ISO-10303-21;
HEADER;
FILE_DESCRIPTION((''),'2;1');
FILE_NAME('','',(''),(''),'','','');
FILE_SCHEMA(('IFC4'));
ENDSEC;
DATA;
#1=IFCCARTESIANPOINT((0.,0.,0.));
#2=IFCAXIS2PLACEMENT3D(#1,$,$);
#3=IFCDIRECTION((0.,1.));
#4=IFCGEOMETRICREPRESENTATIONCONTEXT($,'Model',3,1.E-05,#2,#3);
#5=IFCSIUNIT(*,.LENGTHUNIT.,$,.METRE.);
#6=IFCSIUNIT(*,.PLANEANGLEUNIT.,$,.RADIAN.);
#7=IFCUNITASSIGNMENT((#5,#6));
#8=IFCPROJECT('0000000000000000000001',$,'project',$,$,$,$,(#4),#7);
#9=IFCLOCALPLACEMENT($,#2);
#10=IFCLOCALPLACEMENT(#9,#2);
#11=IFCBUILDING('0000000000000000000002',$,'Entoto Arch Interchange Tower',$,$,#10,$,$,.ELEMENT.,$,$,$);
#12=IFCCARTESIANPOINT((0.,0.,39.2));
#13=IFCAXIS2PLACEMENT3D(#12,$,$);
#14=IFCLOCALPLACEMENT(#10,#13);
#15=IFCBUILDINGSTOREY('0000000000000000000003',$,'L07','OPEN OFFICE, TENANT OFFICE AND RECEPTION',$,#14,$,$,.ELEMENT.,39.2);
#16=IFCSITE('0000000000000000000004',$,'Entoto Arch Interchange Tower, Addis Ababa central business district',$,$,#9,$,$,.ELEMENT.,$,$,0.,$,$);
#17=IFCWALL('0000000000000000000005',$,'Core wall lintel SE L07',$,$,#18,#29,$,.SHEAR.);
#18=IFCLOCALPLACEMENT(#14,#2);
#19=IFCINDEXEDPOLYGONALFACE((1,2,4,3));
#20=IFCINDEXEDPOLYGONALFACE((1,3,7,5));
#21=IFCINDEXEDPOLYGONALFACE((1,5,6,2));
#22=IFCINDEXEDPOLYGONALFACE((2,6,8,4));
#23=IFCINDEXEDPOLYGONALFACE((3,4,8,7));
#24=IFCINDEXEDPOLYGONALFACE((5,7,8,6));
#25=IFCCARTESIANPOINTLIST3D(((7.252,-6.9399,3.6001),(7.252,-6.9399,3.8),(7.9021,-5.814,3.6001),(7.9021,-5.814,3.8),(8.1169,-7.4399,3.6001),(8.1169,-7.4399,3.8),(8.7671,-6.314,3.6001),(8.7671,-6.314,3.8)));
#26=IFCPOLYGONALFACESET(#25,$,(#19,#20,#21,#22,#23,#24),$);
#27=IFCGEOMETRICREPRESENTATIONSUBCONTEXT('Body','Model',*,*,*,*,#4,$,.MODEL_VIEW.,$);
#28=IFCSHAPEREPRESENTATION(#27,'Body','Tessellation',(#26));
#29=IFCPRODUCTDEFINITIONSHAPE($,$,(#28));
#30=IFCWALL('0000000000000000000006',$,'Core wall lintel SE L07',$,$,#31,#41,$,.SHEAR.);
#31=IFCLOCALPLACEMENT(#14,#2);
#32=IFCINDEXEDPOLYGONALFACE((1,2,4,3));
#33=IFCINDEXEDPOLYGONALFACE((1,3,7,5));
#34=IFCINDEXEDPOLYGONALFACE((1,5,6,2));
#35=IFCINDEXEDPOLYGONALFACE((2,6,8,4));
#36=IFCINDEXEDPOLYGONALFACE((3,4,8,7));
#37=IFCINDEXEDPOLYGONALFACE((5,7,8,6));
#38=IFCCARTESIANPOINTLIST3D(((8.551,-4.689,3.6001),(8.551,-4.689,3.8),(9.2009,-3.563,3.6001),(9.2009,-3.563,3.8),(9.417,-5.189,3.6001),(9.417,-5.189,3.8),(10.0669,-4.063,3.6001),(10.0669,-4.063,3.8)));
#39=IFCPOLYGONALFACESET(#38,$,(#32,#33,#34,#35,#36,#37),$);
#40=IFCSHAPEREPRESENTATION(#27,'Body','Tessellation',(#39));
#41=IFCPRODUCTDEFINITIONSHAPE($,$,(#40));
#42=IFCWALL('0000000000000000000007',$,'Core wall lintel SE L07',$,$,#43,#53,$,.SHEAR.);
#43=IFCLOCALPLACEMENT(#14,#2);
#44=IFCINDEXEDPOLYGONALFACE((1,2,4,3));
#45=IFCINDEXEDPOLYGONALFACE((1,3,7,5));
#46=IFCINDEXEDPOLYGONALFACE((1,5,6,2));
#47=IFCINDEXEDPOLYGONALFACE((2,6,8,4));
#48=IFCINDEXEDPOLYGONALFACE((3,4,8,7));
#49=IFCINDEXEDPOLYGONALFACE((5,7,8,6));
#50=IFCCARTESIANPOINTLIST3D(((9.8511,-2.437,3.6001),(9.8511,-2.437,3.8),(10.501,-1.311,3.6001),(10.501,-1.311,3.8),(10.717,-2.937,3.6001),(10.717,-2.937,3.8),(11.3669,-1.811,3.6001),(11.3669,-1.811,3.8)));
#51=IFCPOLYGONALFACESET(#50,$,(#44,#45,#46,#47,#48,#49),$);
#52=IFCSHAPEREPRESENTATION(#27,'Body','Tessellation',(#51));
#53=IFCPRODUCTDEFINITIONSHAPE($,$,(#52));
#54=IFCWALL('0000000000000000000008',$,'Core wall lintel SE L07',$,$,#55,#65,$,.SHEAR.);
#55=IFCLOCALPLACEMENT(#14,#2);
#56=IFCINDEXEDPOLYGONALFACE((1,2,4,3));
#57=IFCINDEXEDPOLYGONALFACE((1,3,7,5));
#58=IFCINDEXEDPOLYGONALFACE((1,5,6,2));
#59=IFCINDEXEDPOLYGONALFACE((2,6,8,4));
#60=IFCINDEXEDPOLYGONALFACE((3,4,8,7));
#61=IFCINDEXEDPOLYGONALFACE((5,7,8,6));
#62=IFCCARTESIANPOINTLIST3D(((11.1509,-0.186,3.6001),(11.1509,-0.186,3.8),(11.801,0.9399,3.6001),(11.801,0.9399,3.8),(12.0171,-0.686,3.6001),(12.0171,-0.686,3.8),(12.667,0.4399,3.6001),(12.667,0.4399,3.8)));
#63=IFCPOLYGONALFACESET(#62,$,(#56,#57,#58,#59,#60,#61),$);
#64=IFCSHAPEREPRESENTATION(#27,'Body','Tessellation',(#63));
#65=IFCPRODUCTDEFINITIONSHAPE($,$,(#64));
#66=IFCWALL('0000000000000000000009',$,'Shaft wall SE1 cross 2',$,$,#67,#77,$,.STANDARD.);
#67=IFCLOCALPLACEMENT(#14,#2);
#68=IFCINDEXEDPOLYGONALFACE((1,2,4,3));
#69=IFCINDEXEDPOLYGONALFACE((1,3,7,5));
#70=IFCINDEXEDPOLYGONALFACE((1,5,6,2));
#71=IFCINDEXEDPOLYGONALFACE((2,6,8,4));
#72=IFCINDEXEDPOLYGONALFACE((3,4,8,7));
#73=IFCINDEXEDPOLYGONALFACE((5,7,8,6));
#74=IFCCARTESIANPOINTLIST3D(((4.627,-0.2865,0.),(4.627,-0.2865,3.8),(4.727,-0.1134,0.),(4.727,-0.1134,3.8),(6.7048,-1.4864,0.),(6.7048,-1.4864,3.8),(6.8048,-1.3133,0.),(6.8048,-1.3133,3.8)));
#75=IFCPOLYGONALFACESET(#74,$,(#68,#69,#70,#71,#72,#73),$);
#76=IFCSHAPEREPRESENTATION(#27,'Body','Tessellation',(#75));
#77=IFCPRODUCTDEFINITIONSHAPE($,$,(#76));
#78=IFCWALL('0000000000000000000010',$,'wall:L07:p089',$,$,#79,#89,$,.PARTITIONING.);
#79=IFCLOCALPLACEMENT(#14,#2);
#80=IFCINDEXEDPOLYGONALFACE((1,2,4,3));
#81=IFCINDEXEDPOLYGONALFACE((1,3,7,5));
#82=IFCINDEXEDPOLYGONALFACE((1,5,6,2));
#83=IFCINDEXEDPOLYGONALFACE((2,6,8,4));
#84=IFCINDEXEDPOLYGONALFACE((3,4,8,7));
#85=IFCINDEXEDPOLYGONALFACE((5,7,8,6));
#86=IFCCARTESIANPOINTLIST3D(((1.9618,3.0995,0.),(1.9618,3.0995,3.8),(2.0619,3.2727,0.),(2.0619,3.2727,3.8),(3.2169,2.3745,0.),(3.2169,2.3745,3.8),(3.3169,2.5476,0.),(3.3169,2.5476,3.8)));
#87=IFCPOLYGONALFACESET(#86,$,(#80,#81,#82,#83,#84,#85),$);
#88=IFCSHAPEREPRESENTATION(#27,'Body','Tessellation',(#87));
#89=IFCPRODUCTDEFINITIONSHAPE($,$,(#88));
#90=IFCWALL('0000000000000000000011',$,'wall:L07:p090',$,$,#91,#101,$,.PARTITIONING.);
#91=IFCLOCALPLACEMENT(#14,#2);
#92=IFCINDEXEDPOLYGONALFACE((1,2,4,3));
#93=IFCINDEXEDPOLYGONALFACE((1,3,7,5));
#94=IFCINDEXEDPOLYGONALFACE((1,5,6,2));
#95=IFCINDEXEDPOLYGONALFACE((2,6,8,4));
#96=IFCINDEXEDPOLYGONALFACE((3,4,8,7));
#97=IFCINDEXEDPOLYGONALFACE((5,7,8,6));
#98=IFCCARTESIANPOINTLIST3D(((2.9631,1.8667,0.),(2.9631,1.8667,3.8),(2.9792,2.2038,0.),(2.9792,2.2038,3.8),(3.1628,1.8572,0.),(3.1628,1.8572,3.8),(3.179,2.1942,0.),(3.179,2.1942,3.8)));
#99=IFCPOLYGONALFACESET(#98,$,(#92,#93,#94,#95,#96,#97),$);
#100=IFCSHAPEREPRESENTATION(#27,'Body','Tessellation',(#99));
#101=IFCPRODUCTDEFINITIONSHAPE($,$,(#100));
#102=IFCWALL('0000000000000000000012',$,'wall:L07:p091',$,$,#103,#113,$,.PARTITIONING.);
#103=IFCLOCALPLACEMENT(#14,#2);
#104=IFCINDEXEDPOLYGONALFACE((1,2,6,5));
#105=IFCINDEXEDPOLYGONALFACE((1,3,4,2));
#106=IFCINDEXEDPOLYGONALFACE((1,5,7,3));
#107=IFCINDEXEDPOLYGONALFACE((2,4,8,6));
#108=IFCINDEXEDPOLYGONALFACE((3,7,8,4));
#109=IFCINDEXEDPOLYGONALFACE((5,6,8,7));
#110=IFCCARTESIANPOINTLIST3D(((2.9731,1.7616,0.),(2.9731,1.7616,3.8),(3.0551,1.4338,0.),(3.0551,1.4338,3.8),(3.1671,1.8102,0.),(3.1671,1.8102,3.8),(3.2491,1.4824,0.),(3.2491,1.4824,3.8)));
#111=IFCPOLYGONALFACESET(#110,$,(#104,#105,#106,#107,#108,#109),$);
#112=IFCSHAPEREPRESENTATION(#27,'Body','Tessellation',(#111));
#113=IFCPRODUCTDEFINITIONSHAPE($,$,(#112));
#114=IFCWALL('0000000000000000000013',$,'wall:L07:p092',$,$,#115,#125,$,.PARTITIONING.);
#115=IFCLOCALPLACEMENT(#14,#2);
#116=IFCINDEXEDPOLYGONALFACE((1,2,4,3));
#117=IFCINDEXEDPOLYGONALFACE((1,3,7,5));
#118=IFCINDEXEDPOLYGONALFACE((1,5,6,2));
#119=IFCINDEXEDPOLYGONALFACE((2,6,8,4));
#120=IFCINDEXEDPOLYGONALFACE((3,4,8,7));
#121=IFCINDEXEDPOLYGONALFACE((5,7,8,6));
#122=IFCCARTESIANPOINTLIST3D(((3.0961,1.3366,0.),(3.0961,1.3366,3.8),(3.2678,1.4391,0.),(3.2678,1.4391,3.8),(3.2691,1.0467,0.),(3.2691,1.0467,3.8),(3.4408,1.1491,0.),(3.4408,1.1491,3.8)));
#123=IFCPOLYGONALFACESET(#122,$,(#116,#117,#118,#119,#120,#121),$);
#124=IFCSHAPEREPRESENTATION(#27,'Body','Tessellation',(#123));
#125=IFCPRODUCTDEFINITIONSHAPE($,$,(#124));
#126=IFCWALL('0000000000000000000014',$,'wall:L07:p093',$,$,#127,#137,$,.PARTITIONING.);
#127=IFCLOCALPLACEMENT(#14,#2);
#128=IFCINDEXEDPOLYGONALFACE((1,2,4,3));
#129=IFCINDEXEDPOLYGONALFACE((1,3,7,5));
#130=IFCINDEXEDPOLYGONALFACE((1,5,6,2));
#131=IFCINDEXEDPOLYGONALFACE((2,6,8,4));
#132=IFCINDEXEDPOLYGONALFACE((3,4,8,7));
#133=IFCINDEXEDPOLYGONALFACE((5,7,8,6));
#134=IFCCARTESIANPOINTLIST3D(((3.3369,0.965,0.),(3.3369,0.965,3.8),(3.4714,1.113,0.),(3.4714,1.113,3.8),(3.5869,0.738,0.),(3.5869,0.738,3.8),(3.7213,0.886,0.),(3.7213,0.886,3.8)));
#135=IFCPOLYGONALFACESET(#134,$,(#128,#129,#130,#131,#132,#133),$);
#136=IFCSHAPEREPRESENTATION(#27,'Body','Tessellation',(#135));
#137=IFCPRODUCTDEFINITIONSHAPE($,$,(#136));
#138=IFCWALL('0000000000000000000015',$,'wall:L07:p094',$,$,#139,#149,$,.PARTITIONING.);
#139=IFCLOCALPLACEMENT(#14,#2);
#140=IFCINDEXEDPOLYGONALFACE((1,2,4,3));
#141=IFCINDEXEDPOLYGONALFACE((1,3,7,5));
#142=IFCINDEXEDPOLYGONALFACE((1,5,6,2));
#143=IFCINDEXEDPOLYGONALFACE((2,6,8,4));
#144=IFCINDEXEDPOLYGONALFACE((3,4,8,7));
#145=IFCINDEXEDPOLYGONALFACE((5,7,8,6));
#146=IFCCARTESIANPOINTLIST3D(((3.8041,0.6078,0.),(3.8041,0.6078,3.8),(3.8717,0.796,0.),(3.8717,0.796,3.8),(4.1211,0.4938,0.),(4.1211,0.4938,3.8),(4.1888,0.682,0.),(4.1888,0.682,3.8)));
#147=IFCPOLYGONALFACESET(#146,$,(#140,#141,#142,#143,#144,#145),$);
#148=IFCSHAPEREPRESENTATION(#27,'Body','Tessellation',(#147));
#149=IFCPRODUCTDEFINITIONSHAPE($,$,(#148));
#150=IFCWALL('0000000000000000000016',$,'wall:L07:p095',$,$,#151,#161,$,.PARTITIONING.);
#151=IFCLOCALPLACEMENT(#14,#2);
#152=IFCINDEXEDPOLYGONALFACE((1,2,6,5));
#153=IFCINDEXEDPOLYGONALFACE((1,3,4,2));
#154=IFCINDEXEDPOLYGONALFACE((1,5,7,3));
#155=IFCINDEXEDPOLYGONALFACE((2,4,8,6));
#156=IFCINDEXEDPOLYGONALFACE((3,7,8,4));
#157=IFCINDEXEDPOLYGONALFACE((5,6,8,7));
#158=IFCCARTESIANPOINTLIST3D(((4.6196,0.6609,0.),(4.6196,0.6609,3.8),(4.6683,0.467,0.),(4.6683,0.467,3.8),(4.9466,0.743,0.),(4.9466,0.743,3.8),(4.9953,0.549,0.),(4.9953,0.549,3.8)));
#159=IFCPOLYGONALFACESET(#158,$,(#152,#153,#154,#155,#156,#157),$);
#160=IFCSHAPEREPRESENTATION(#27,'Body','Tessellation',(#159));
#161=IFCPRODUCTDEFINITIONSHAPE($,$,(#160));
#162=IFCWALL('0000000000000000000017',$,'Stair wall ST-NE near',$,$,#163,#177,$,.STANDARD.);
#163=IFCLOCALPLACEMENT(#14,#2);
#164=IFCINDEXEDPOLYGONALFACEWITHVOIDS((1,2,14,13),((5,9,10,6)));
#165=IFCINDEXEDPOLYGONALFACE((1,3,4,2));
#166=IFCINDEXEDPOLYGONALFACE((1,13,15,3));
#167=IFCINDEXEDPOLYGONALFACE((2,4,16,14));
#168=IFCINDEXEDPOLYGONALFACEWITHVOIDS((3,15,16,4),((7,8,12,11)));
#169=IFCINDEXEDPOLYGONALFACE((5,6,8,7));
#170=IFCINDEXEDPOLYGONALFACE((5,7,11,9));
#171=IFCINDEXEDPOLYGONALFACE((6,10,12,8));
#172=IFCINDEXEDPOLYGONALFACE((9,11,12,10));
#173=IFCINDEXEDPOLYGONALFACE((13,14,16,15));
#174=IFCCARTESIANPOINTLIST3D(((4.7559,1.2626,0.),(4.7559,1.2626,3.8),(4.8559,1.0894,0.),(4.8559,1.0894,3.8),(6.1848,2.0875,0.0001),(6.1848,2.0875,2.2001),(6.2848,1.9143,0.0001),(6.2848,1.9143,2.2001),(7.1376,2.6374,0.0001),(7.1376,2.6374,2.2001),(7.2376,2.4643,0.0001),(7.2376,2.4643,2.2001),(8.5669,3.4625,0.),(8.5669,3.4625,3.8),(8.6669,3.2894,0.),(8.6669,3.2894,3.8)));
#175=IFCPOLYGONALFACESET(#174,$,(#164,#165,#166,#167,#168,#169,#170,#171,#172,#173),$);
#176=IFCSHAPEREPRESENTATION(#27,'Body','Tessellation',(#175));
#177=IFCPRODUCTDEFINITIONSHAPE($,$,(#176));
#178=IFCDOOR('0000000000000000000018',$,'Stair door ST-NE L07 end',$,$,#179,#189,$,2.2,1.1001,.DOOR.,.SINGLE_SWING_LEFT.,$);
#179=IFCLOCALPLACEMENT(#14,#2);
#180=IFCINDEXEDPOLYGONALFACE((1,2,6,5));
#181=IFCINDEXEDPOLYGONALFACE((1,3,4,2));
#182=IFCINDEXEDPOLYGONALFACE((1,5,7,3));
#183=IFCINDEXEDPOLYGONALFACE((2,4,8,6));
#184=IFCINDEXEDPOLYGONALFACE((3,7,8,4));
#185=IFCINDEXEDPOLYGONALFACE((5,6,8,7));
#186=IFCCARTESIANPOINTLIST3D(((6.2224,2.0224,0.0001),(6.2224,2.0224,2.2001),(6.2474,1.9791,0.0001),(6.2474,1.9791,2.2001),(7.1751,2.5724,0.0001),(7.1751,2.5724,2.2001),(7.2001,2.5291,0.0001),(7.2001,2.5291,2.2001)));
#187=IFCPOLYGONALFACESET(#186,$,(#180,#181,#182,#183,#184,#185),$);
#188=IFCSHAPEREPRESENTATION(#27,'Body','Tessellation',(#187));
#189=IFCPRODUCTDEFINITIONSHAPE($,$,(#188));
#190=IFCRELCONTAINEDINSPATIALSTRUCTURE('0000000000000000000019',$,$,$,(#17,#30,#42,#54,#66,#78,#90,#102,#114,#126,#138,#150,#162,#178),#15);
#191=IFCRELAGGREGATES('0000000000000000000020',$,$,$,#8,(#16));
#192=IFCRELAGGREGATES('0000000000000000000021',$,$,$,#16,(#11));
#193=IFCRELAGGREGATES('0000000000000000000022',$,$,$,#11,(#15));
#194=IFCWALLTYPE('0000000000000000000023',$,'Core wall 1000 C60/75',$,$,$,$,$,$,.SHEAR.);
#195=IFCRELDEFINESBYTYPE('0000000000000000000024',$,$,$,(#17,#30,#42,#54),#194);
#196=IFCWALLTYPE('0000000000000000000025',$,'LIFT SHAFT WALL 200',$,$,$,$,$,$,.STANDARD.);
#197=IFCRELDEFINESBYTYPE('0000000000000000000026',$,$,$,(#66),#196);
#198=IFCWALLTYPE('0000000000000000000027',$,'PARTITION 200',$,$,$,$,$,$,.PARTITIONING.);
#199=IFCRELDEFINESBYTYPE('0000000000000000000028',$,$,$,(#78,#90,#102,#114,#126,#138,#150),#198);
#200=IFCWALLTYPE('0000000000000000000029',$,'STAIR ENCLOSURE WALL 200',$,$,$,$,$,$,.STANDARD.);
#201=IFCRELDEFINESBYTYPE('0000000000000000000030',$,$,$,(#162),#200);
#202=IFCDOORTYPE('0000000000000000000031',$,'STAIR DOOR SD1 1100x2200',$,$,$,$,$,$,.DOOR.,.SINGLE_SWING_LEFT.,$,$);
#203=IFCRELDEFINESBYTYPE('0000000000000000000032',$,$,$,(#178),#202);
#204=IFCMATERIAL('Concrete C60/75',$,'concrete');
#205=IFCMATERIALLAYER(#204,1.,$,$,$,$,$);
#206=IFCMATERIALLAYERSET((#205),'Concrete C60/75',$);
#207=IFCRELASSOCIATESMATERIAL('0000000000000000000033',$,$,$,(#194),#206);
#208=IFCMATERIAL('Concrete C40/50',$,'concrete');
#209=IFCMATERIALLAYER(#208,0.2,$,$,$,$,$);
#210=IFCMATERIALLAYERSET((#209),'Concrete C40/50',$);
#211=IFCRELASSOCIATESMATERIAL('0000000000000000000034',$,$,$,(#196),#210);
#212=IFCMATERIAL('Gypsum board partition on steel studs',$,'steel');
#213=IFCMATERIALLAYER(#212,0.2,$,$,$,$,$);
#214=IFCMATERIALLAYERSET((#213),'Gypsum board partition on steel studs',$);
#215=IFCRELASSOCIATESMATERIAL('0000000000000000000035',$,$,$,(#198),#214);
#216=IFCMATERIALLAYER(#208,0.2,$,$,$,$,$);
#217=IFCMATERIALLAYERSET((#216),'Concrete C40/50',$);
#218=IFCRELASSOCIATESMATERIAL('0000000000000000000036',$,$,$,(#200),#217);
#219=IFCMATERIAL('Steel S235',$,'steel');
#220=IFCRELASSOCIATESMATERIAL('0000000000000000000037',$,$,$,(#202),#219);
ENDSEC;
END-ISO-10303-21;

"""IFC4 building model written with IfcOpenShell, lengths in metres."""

from ifc_helpers import new_model, si_unit, direction, frame, frame_2d, origin, place, context, subcontext, project, spatial, polyline, rectangle, outline, extrude, material, layer, layer_set, type_object, element, fill, save


model = new_model("IFC4")

# Units and contexts
model_context = context("Model", 3, precision=1e-05, world=origin(), true_north=direction((0.0, 1.0)))
body_context = subcontext(model_context, "Body", "Model", "MODEL_VIEW")
ifc_project = project(units=[si_unit("LENGTHUNIT", "METRE"), si_unit("PLANEANGLEUNIT", "RADIAN")], contexts=[model_context])

# Site, building, storey
site_placement = place(None, origin())
site = spatial("IfcSite", under=ifc_project, at=site_placement, Name="Entoto Arch Interchange Tower, Addis Ababa central business district", CompositionType="ELEMENT", RefElevation=0.0)
building_placement = place(site_placement, origin())
building = spatial("IfcBuilding", under=site, at=building_placement, Name="Entoto Arch Interchange Tower", CompositionType="ELEMENT")
storey_placement = place(building_placement, frame((0.0, 0.0, 39.2)))
storey = spatial("IfcBuildingStorey", under=building, at=storey_placement, Name="L07", Description="OPEN OFFICE, TENANT OFFICE AND RECEPTION", CompositionType="ELEMENT", Elevation=39.2)

# Shared definitions
ifc_material_1 = material(Name="Concrete C40/50", Category="concrete")

# Walls
ifc_material_2 = material(Name="Concrete C60/75", Category="concrete")
ifc_layer_1 = layer(ifc_material_2, 1.0)
ifc_layer_set_1 = layer_set([ifc_layer_1], Name="Concrete C60/75")
wall_type_1 = type_object("IfcWallType", Name="Core wall 1000 C60/75", PredefinedType="SHEAR", material=ifc_layer_set_1)
wall_1_placement = place(storey_placement, frame((0.0, 0.0, 3.6001)))
element("IfcWall", 1, at=wall_1_placement, inside=storey, type_object=wall_type_1, Name="Core wall lintel SE L07", PredefinedType="SHEAR", context=body_context, shape_type="SweptSolid", body=[
    extrude(outline(polyline([(8.7671, -6.314), (7.9021, -5.814), (7.252, -6.9399), (8.1169, -7.4399), (8.7671, -6.314)])), origin(), (0.0, 0.0, 1.0), 0.2),
])
wall_2_placement = place(storey_placement, frame((0.0, 0.0, 3.6001)))
element("IfcWall", 2, at=wall_2_placement, inside=storey, type_object=wall_type_1, Name="Core wall lintel SE L07", PredefinedType="SHEAR", context=body_context, shape_type="SweptSolid", body=[
    extrude(outline(polyline([(10.0669, -4.063), (9.2009, -3.563), (8.551, -4.689), (9.417, -5.189), (10.0669, -4.063)])), origin(), (0.0, 0.0, 1.0), 0.2),
])
wall_3_placement = place(storey_placement, frame((0.0, 0.0, 3.6001)))
element("IfcWall", 3, at=wall_3_placement, inside=storey, type_object=wall_type_1, Name="Core wall lintel SE L07", PredefinedType="SHEAR", context=body_context, shape_type="SweptSolid", body=[
    extrude(outline(polyline([(11.3669, -1.811), (10.501, -1.311), (9.8511, -2.437), (10.717, -2.937), (11.3669, -1.811)])), origin(), (0.0, 0.0, 1.0), 0.2),
])
wall_4_placement = place(storey_placement, frame((0.0, 0.0, 3.6001)))
element("IfcWall", 4, at=wall_4_placement, inside=storey, type_object=wall_type_1, Name="Core wall lintel SE L07", PredefinedType="SHEAR", context=body_context, shape_type="SweptSolid", body=[
    extrude(outline(polyline([(12.667, 0.4399), (11.801, 0.9399), (11.1509, -0.186), (12.0171, -0.686), (12.667, 0.4399)])), origin(), (0.0, 0.0, 1.0), 0.2),
])
ifc_layer_2 = layer(ifc_material_1, 0.2)
ifc_layer_set_2 = layer_set([ifc_layer_2], Name="Concrete C40/50")
wall_type_2 = type_object("IfcWallType", Name="LIFT SHAFT WALL 200", PredefinedType="STANDARD", material=ifc_layer_set_2)
wall_5_placement = place(storey_placement, frame((4.677, -0.2, 0.0), z_axis=(0.0, 0.0, 1.0), x_axis=(0.865974, -0.500089, 0.0)))
element("IfcWall", 5, at=wall_5_placement, inside=storey, type_object=wall_type_2, Name="Shaft wall SE1 cross 2", PredefinedType="STANDARD", context=body_context, shape_type="SweptSolid", body=[
    extrude(rectangle(XDim=2.3994, YDim=0.2, at=frame_2d((1.1997, 0.0))), origin(), (0.0, 0.0, 1.0), 3.8),
])
ifc_material_3 = material(Name="Gypsum board partition on steel studs", Category="steel")
ifc_layer_3 = layer(ifc_material_3, 0.2)
ifc_layer_set_3 = layer_set([ifc_layer_3], Name="Gypsum board partition on steel studs")
wall_type_3 = type_object("IfcWallType", Name="PARTITION 200", PredefinedType="PARTITIONING", material=ifc_layer_set_3)
wall_6_placement = place(storey_placement, frame((2.012, 3.186, 0.0), z_axis=(0.0, 0.0, 1.0), x_axis=(0.865891, -0.500233, 0.0)))
element("IfcWall", 6, at=wall_6_placement, inside=storey, type_object=wall_type_3, Name="wall:L07:p089", PredefinedType="PARTITIONING", context=body_context, shape_type="SweptSolid", body=[
    extrude(rectangle(XDim=1.4495, YDim=0.2, at=frame_2d((0.7246, 0.0))), origin(), (0.0, 0.0, 1.0), 3.8),
])
wall_7_placement = place(storey_placement, frame((3.0791, 2.199, 0.0), z_axis=(0.0, 0.0, 1.0), x_axis=(-0.047771, -0.998858, 0.0)))
element("IfcWall", 7, at=wall_7_placement, inside=storey, type_object=wall_type_3, Name="wall:L07:p090", PredefinedType="PARTITIONING", context=body_context, shape_type="SweptSolid", body=[
    extrude(rectangle(XDim=0.3374, YDim=0.2, at=frame_2d((0.1687, 0.0))), origin(), (0.0, 0.0, 1.0), 3.8),
])
wall_8_placement = place(storey_placement, frame((3.0701, 1.7859, 0.0), z_axis=(0.0, 0.0, 1.0), x_axis=(0.242706, -0.9701, 0.0)))
element("IfcWall", 8, at=wall_8_placement, inside=storey, type_object=wall_type_3, Name="wall:L07:p091", PredefinedType="PARTITIONING", context=body_context, shape_type="SweptSolid", body=[
    extrude(rectangle(XDim=0.3379, YDim=0.2, at=frame_2d((0.1689, 0.0))), origin(), (0.0, 0.0, 1.0), 3.8),
])
for number, where, z_axis, x_axis, name in (
    (9, (3.1819, 1.3879, 0.0), (0.0, 0.0, 1.0), (0.512475, -0.858702, 0.0), "wall:L07:p092"),
    (10, (3.4041, 1.0391, 0.0), (0.0, 0.0, 1.0), (0.740267, -0.672313, 0.0), "wall:L07:p093"),
):
    element("IfcWall", number, at=place(storey_placement, frame(where, z_axis=z_axis, x_axis=x_axis)), inside=storey, type_object=wall_type_3, Name=name, PredefinedType="PARTITIONING", context=body_context, shape_type="SweptSolid", body=[
        extrude(rectangle(XDim=0.3376, YDim=0.2, at=frame_2d((0.1689, 0.0))), origin(), (0.0, 0.0, 1.0), 3.8),
    ])
wall_9_placement = place(storey_placement, frame((3.8379, 0.7019, 0.0), z_axis=(0.0, 0.0, 1.0), x_axis=(0.941035, -0.338309, 0.0)))
element("IfcWall", 11, at=wall_9_placement, inside=storey, type_object=wall_type_3, Name="wall:L07:p094", PredefinedType="PARTITIONING", context=body_context, shape_type="SweptSolid", body=[
    extrude(rectangle(XDim=0.3369, YDim=0.2, at=frame_2d((0.1685, 0.0))), origin(), (0.0, 0.0, 1.0), 3.8),
])
wall_10_placement = place(storey_placement, frame((4.644, 0.564, 0.0), z_axis=(0.0, 0.0, 1.0), x_axis=(0.969929, 0.243388, 0.0)))
element("IfcWall", 12, at=wall_10_placement, inside=storey, type_object=wall_type_3, Name="wall:L07:p095", PredefinedType="PARTITIONING", context=body_context, shape_type="SweptSolid", body=[
    extrude(rectangle(XDim=0.3372, YDim=0.2, at=frame_2d((0.1685, 0.0))), origin(), (0.0, 0.0, 1.0), 3.8),
])

# Wall, opening, door
ifc_layer_4 = layer(ifc_material_1, 0.2)
ifc_layer_set_4 = layer_set([ifc_layer_4], Name="Concrete C40/50")
wall_type_4 = type_object("IfcWallType", Name="STAIR ENCLOSURE WALL 200", PredefinedType="STANDARD", material=ifc_layer_set_4)
wall_11_placement = place(storey_placement, frame((4.8059, 1.176, 0.0), z_axis=(0.0, 0.0, 1.0), x_axis=(0.86606, 0.49994, 0.0)))
wall_11 = element("IfcWall", 13, at=wall_11_placement, inside=storey, type_object=wall_type_4, Name="Stair wall ST-NE near", PredefinedType="STANDARD", context=body_context, shape_type="SweptSolid", body=[
    extrude(rectangle(XDim=4.4004, YDim=0.2, at=frame_2d((2.2002, 0.0))), origin(), (0.0, 0.0, 1.0), 3.8),
])
opening_1_placement = place(wall_11_placement, frame((1.6499, 0.0, 0.0)))
opening_1 = element("IfcOpeningElement", 14, at=opening_1_placement, cuts=wall_11, PredefinedType="OPENING", context=body_context, shape_type="SweptSolid", body=[
    extrude(rectangle(XDim=1.1001, YDim=2.2, at=frame_2d((0.55, 1.1001))), frame((0.0, 0.1099, 0.0), z_axis=(0.0, -1.0, 0.0), x_axis=(1.0, 0.0, 0.0)), (0.0, 0.0, 1.0), 0.22),
])
ifc_material_4 = material(Name="Steel S235", Category="steel")
door_type = type_object("IfcDoorType", Name="STAIR DOOR SD1 1100x2200", OperationType="SINGLE_SWING_LEFT", PredefinedType="DOOR", material=ifc_material_4)
door_1_placement = place(opening_1_placement, origin())
door_1 = element("IfcDoor", 15, at=door_1_placement, inside=storey, type_object=door_type, Name="Stair door ST-NE L07 end", OperationType="SINGLE_SWING_LEFT", OverallHeight=2.2, OverallWidth=1.1001, PredefinedType="DOOR", context=body_context, shape_type="SweptSolid", body=[
    extrude(rectangle(XDim=1.1001, YDim=2.2, at=frame_2d((0.55, 1.1001))), frame((0.0, 0.0249, 0.0), z_axis=(0.0, -1.0, 0.0), x_axis=(1.0, 0.0, 0.0)), (0.0, 0.0, 1.0), 0.05),
])
fill(opening_1, door_1)

save(model, "model.ifc")
